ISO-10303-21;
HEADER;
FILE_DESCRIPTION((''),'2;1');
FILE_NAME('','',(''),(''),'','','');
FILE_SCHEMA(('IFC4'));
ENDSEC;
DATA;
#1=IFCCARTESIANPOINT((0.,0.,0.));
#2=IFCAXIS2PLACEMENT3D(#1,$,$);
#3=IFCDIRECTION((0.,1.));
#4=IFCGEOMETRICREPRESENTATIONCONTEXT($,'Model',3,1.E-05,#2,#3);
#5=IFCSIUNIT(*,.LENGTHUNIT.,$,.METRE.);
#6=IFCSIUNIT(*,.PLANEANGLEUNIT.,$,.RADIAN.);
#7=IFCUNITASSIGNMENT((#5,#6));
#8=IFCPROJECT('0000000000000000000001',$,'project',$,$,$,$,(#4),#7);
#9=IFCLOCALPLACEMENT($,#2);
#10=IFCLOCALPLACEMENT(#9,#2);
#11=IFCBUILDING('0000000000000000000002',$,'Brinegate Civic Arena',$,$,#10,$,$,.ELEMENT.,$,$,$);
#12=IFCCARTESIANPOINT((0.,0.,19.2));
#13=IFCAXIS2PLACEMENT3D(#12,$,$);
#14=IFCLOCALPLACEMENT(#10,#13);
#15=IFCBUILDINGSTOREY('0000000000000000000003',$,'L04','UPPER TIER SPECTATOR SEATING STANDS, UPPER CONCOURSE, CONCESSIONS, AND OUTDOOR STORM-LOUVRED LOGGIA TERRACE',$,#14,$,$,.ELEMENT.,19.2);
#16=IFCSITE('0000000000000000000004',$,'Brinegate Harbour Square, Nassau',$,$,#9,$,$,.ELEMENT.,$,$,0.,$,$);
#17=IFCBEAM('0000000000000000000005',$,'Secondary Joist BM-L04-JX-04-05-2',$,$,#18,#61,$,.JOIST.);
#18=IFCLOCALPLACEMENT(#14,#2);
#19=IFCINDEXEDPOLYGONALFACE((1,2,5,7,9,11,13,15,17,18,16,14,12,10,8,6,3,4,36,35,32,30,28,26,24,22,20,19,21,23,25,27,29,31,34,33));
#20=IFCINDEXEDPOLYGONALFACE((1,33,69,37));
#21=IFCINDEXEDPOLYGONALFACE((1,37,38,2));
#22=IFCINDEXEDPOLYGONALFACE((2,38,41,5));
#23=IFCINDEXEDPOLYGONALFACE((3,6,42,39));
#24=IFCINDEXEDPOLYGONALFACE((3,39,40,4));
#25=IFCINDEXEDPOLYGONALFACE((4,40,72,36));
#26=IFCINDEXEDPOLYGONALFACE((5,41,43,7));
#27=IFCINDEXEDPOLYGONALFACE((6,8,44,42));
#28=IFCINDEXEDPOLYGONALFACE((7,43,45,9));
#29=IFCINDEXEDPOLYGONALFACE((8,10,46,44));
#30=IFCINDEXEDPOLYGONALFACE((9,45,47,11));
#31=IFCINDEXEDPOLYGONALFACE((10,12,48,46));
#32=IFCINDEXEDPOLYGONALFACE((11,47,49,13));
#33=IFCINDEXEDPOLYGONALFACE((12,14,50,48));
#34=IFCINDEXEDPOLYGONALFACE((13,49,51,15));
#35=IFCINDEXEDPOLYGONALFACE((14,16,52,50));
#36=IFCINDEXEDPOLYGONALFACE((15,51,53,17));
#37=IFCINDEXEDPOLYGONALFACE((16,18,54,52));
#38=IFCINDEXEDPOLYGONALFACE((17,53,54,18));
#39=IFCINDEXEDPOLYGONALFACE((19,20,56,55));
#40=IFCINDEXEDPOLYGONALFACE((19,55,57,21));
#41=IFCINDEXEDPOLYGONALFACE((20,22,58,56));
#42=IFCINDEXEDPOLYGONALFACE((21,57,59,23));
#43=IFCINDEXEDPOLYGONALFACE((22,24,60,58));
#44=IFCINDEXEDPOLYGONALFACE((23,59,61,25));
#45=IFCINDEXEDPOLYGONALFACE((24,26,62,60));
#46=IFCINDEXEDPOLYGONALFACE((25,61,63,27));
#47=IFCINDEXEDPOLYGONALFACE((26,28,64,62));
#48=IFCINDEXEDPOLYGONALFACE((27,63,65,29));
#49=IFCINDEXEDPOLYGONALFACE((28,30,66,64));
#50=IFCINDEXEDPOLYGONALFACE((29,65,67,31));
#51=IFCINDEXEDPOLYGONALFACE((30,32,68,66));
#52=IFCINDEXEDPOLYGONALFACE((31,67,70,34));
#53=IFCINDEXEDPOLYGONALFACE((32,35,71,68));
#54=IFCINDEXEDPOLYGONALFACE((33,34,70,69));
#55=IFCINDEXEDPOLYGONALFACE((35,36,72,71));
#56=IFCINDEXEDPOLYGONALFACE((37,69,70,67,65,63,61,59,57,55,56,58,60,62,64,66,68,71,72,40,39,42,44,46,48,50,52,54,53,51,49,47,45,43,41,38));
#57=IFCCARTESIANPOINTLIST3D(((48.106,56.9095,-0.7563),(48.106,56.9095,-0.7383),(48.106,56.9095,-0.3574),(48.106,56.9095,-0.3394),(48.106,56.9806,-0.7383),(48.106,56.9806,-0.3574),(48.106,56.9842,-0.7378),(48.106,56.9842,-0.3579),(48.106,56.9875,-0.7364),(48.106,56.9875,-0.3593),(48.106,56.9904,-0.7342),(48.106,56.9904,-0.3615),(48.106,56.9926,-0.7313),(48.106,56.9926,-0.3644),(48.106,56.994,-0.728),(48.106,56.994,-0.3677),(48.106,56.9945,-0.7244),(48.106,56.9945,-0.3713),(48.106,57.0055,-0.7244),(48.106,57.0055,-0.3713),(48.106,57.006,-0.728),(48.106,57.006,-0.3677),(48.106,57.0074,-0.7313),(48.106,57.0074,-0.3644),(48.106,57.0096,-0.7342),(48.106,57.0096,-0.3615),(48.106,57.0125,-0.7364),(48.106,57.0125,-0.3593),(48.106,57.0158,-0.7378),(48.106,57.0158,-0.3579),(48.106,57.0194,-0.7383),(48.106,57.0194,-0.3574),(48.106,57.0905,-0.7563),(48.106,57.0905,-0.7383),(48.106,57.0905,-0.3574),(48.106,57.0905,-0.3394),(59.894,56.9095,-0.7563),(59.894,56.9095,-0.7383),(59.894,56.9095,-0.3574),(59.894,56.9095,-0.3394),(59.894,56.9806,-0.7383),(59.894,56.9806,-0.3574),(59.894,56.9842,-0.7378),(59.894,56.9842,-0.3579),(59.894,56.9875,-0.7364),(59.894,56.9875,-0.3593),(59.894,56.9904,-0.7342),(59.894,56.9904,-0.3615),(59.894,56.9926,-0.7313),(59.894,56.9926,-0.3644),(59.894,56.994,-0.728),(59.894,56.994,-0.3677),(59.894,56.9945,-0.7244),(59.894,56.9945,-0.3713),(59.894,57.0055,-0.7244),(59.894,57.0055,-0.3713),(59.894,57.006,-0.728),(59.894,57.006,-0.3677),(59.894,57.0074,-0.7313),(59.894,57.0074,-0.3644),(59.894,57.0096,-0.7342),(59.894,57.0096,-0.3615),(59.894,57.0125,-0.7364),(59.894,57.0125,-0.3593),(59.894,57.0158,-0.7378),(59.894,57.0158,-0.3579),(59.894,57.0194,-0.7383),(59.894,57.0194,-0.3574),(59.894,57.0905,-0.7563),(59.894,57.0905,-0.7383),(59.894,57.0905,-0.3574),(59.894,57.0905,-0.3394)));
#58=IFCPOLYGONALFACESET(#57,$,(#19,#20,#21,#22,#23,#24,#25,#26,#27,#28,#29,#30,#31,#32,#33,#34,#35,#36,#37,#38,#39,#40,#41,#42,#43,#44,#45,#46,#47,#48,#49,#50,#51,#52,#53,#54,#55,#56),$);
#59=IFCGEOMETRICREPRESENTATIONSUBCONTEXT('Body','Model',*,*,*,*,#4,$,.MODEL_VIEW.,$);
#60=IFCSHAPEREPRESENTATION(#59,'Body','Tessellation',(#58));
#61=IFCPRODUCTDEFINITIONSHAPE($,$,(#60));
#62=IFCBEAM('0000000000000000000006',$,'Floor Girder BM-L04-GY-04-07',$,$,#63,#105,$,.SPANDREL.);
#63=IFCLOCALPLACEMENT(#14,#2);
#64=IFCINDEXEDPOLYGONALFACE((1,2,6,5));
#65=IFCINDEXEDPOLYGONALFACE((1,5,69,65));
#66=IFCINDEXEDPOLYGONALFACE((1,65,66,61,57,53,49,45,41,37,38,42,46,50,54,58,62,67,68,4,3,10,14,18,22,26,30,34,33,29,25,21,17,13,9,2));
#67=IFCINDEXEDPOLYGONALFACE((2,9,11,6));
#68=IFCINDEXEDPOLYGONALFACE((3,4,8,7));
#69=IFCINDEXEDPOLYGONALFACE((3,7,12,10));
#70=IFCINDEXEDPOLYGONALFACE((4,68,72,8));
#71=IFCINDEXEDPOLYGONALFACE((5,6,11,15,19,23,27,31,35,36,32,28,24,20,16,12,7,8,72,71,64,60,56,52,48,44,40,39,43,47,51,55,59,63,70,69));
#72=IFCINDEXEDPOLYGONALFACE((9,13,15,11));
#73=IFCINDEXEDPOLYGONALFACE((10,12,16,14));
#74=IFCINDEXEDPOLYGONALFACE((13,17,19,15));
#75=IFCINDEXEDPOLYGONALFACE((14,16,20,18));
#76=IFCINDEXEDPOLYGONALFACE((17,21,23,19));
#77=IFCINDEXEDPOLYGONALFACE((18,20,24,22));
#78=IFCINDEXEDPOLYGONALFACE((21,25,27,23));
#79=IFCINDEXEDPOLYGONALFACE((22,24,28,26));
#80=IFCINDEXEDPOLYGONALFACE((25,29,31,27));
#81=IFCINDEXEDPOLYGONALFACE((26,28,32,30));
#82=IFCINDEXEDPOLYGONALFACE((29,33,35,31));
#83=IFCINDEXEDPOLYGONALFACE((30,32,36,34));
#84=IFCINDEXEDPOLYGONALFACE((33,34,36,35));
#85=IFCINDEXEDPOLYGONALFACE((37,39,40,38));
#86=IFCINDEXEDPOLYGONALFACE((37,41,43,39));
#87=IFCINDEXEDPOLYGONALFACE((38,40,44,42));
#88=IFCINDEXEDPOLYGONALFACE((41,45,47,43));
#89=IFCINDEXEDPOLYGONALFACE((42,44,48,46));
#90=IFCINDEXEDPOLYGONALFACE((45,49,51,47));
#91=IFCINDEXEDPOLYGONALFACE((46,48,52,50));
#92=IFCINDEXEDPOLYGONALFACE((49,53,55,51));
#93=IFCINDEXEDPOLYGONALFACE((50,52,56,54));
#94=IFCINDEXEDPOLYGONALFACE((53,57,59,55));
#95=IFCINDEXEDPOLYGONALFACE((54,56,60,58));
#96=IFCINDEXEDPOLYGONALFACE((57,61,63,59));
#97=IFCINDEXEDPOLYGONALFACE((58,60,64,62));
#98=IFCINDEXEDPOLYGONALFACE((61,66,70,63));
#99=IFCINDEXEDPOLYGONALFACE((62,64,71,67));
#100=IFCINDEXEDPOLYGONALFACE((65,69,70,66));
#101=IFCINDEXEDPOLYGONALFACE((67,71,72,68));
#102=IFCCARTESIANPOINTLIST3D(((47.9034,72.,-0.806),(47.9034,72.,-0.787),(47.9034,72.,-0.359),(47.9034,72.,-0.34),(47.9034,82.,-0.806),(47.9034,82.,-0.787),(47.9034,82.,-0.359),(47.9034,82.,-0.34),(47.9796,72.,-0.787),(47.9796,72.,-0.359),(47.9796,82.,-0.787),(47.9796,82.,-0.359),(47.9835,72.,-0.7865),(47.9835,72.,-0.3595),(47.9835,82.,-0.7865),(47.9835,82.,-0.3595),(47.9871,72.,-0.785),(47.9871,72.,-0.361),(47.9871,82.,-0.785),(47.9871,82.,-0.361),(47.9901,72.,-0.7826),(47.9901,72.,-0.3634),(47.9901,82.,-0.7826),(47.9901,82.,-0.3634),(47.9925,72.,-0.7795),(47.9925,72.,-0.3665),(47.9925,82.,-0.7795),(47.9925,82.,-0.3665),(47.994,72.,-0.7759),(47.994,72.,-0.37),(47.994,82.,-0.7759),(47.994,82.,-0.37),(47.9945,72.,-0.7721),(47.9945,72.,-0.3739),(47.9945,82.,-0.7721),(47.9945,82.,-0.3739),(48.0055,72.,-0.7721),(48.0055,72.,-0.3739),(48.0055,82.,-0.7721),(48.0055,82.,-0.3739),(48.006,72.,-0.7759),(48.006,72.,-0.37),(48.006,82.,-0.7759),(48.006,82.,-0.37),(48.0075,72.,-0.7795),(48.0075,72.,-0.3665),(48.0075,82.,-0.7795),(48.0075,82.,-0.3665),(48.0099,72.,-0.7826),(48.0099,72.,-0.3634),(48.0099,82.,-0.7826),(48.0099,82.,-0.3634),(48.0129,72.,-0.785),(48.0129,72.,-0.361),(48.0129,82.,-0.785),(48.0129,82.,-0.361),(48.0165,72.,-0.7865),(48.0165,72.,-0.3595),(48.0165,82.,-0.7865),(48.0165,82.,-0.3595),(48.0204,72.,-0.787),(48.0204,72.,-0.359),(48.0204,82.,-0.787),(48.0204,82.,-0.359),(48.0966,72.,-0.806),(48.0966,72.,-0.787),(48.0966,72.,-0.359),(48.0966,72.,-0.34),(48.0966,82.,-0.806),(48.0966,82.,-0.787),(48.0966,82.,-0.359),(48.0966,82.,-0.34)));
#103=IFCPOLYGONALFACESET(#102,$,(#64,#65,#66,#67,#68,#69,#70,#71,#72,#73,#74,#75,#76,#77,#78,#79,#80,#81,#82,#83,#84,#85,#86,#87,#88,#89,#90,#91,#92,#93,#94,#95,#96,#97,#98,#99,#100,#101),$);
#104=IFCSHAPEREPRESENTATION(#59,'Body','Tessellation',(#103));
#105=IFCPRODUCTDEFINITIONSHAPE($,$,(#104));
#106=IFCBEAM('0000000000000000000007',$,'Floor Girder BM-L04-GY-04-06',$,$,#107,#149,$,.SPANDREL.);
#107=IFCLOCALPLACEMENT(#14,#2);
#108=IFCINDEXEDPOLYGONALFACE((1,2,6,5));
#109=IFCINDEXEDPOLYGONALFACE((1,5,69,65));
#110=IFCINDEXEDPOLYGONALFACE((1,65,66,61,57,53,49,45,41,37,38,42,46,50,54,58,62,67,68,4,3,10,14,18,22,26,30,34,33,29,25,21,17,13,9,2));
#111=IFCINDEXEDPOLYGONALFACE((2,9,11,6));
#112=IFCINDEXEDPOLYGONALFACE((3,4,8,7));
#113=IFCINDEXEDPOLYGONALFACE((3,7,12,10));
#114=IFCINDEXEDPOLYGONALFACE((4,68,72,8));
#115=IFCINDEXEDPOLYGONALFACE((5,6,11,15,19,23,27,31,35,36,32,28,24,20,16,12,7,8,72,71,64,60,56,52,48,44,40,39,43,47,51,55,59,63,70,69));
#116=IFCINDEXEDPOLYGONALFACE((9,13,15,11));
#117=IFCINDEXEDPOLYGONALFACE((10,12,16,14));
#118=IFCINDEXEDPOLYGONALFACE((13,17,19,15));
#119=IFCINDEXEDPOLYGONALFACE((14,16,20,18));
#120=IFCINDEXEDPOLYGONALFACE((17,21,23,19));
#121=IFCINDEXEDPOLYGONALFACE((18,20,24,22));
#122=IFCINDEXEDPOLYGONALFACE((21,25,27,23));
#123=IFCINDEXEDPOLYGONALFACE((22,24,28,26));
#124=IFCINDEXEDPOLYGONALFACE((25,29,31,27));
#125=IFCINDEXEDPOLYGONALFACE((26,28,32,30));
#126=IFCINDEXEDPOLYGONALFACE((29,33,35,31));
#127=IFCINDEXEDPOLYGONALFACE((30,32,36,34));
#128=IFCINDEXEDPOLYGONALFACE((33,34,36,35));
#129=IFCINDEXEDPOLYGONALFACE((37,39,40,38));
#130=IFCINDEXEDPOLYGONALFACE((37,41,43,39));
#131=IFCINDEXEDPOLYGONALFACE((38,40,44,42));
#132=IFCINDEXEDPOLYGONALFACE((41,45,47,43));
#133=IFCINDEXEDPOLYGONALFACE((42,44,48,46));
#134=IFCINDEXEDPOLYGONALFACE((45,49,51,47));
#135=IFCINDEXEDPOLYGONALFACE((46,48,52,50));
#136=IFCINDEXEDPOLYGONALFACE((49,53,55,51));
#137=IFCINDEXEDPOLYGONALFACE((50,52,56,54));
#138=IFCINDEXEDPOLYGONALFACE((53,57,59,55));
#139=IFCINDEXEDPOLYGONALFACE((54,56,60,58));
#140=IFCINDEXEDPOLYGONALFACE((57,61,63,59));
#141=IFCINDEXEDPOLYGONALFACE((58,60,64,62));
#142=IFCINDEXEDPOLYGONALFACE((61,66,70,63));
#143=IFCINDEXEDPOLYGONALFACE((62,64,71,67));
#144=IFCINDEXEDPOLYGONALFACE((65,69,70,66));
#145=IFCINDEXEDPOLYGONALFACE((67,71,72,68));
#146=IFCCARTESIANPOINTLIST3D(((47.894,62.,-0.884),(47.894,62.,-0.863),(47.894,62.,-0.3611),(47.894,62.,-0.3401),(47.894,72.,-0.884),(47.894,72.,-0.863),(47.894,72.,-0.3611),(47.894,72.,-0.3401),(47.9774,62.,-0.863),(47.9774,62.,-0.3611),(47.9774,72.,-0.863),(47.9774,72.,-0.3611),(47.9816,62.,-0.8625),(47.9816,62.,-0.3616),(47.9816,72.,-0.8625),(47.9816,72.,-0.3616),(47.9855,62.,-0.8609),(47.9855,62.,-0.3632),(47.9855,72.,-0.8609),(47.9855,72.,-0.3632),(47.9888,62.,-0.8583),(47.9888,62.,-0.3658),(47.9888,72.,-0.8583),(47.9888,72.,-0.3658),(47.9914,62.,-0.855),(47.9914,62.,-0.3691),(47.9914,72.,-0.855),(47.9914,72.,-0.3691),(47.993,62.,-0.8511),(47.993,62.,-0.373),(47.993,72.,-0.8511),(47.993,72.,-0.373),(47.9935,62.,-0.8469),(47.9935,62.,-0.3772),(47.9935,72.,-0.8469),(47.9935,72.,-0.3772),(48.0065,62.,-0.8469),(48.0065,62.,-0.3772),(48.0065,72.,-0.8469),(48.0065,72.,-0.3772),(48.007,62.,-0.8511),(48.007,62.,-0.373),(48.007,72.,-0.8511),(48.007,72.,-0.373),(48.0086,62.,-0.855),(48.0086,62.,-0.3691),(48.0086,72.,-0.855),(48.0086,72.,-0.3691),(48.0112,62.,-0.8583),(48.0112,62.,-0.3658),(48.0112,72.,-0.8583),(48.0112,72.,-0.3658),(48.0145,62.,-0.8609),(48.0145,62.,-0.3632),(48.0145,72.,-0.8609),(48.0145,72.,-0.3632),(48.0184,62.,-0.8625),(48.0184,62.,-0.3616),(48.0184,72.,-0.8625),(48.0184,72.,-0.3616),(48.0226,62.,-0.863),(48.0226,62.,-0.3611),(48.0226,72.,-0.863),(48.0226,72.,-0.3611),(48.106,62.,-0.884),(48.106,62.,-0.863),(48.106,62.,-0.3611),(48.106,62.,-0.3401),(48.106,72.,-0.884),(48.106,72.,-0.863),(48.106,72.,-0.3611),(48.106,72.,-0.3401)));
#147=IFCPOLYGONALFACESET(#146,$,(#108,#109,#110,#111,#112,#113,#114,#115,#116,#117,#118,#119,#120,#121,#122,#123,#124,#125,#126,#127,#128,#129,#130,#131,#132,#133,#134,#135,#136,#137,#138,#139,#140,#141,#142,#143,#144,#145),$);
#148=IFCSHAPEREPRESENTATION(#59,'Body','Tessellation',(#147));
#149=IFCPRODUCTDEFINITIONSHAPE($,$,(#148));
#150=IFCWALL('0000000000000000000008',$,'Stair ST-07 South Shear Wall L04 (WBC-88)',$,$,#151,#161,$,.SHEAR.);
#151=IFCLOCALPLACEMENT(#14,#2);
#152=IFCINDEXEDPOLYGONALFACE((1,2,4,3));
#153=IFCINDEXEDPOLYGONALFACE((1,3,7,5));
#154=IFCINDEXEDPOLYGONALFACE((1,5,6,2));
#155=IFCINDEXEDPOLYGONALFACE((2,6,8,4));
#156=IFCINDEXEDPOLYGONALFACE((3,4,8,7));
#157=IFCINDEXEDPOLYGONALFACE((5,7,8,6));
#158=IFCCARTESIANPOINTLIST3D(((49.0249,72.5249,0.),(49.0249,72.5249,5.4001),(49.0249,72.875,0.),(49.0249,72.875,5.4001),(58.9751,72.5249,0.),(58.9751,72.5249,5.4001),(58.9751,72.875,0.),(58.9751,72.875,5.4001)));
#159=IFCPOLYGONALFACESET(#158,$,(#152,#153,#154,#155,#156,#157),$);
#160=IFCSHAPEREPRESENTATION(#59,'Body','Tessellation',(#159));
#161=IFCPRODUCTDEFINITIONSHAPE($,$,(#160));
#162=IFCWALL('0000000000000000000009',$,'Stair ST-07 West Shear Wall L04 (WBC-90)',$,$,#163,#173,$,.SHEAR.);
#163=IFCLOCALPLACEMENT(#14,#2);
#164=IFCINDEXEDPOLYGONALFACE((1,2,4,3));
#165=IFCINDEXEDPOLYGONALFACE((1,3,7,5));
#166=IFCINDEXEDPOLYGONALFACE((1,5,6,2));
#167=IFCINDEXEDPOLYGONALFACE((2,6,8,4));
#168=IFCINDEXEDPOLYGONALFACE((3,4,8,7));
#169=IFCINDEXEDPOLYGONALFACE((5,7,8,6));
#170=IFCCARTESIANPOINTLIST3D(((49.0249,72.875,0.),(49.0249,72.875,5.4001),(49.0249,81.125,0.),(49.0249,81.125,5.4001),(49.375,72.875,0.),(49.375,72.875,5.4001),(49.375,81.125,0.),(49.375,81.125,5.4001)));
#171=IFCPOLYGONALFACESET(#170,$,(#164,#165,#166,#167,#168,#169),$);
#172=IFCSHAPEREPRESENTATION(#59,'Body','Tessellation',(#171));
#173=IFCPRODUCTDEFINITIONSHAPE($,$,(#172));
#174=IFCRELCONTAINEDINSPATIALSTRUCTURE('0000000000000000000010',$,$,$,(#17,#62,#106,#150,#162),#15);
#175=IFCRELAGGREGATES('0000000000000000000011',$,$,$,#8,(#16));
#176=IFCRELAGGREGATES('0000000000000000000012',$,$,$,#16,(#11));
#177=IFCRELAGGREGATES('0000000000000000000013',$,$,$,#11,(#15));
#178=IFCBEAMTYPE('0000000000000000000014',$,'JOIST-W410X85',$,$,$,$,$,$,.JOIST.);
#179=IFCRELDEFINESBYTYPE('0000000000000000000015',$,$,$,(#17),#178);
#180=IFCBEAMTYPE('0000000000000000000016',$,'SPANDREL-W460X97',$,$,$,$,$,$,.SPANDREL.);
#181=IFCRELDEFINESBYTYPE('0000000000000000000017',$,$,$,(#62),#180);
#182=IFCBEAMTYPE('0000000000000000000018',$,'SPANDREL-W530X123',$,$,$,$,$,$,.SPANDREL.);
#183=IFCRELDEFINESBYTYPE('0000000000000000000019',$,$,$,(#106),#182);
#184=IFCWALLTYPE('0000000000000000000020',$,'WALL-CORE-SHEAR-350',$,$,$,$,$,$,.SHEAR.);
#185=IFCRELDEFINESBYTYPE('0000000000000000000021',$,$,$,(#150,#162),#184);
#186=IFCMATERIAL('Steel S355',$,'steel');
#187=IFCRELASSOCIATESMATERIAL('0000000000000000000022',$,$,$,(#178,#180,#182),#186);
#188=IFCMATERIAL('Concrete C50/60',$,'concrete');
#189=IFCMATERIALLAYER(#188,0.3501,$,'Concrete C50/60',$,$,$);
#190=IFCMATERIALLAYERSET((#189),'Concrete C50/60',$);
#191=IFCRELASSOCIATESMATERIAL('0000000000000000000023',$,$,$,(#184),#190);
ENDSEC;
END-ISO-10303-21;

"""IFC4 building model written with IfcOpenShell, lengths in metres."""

from ifc_helpers import new_model, si_unit, direction, frame, frame_2d, origin, origin_2d, place, context, subcontext, project, spatial, rectangle, i_section, extrude, material, layer, layer_set, material_profile, profile_set, type_object, element, save


model = new_model("IFC4")

# Units and contexts
model_context = context("Model", 3, precision=1e-05, world=origin(), true_north=direction((0.0, 1.0)))
body_context = subcontext(model_context, "Body", "Model", "MODEL_VIEW")
ifc_project = project(units=[si_unit("LENGTHUNIT", "METRE"), si_unit("PLANEANGLEUNIT", "RADIAN")], contexts=[model_context])

# Site, building, storey
site_placement = place(None, origin())
site = spatial("IfcSite", under=ifc_project, at=site_placement, Name="Brinegate Harbour Square, Nassau", CompositionType="ELEMENT", RefElevation=0.0)
building_placement = place(site_placement, origin())
building = spatial("IfcBuilding", under=site, at=building_placement, Name="Brinegate Civic Arena", CompositionType="ELEMENT")
storey_placement = place(building_placement, frame((0.0, 0.0, 19.2)))
storey = spatial("IfcBuildingStorey", under=building, at=storey_placement, Name="L04", Description="UPPER TIER SPECTATOR SEATING STANDS, UPPER CONCOURSE, CONCESSIONS, AND OUTDOOR STORM-LOUVRED LOGGIA TERRACE", CompositionType="ELEMENT", Elevation=19.2)

# Shared definitions
ifc_material_1 = material(Name="Concrete C50/60", Category="concrete")

# Beams
ifc_material_2 = material(Name="Steel S355", Category="steel")
ifc_material_profile_1 = material_profile(ifc_material_2, i_section(OverallWidth=0.1809, OverallDepth=0.417, WebThickness=0.011, FlangeThickness=0.0181, FilletRadius=0.0139, at=origin_2d()), Name="W410X85")
ifc_profile_set_1 = profile_set([ifc_material_profile_1], Name="Steel S355")
beam_type_1 = type_object("IfcBeamType", Name="JOIST-W410X85", PredefinedType="JOIST", material=ifc_profile_set_1)
beam_1_placement = place(storey_placement, frame((48.106, 57.0, -0.5479), z_axis=(1.0, 0.0, 0.0), x_axis=(0.0, 1.0, 0.0)))
element("IfcBeam", 1, at=beam_1_placement, inside=storey, type_object=beam_type_1, Name="Secondary Joist BM-L04-JX-04-05-2", PredefinedType="JOIST", context=body_context, shape_type="SweptSolid", body=[
    extrude(i_section(OverallWidth=0.1809, OverallDepth=0.417, WebThickness=0.011, FlangeThickness=0.0181, FilletRadius=0.0139, at=origin_2d()), origin(), (0.0, 0.0, 1.0), 11.7881),
])
ifc_material_profile_2 = material_profile(ifc_material_2, i_section(OverallWidth=0.1931, OverallDepth=0.4661, WebThickness=0.011, FlangeThickness=0.019, FilletRadius=0.0149, at=origin_2d()), Name="W460X97")
ifc_profile_set_2 = profile_set([ifc_material_profile_2], Name="Steel S355")
beam_type_2 = type_object("IfcBeamType", Name="SPANDREL-W460X97", PredefinedType="SPANDREL", material=ifc_profile_set_2)
beam_2_placement = place(storey_placement, frame((48.0, 72.0, -0.573), z_axis=(0.0, 1.0, 0.0), x_axis=(-1.0, 0.0, 0.0)))
element("IfcBeam", 2, at=beam_2_placement, inside=storey, type_object=beam_type_2, Name="Floor Girder BM-L04-GY-04-07", PredefinedType="SPANDREL", context=body_context, shape_type="SweptSolid", body=[
    extrude(i_section(OverallWidth=0.1931, OverallDepth=0.4661, WebThickness=0.011, FlangeThickness=0.019, FilletRadius=0.0149, at=origin_2d()), origin(), (0.0, 0.0, 1.0), 10.0),
])
ifc_material_profile_3 = material_profile(ifc_material_2, i_section(OverallWidth=0.2119, OverallDepth=0.5439, WebThickness=0.0129, FlangeThickness=0.021, FilletRadius=0.0161, at=origin_2d()), Name="W530X123")
ifc_profile_set_3 = profile_set([ifc_material_profile_3], Name="Steel S355")
beam_type_3 = type_object("IfcBeamType", Name="SPANDREL-W530X123", PredefinedType="SPANDREL", material=ifc_profile_set_3)
beam_3_placement = place(storey_placement, frame((48.0, 62.0, -0.6121), z_axis=(0.0, 1.0, 0.0), x_axis=(-1.0, 0.0, 0.0)))
element("IfcBeam", 3, at=beam_3_placement, inside=storey, type_object=beam_type_3, Name="Floor Girder BM-L04-GY-04-06", PredefinedType="SPANDREL", context=body_context, shape_type="SweptSolid", body=[
    extrude(i_section(OverallWidth=0.2119, OverallDepth=0.5439, WebThickness=0.0129, FlangeThickness=0.021, FilletRadius=0.0161, at=origin_2d()), origin(), (0.0, 0.0, 1.0), 10.0),
])

# Walls
ifc_layer_1 = layer(ifc_material_1, 0.3501, Name="Concrete C50/60")
ifc_layer_set_1 = layer_set([ifc_layer_1], Name="Concrete C50/60")
wall_type_1 = type_object("IfcWallType", Name="WALL-CORE-SHEAR-350", PredefinedType="SHEAR", material=ifc_layer_set_1)
wall_1_placement = place(storey_placement, frame((49.0249, 72.7, 0.0), z_axis=(0.0, 0.0, 1.0), x_axis=(1.0, 0.0, 0.0)))
element("IfcWall", 4, at=wall_1_placement, inside=storey, type_object=wall_type_1, Name="Stair ST-07 South Shear Wall L04 (WBC-88)", PredefinedType="SHEAR", context=body_context, shape_type="SweptSolid", body=[
    extrude(rectangle(XDim=9.9502, YDim=0.3501, at=frame_2d((4.9751, 0.0))), origin(), (0.0, 0.0, 1.0), 5.4001),
])
wall_2_placement = place(storey_placement, frame((49.2, 72.875, 0.0), z_axis=(0.0, 0.0, 1.0), x_axis=(0.0, 1.0, 0.0)))
element("IfcWall", 5, at=wall_2_placement, inside=storey, type_object=wall_type_1, Name="Stair ST-07 West Shear Wall L04 (WBC-90)", PredefinedType="SHEAR", context=body_context, shape_type="SweptSolid", body=[
    extrude(rectangle(XDim=8.25, YDim=0.3501, at=frame_2d((4.125, 0.0))), origin(), (0.0, 0.0, 1.0), 5.4001),
])

save(model, "model.ifc")
